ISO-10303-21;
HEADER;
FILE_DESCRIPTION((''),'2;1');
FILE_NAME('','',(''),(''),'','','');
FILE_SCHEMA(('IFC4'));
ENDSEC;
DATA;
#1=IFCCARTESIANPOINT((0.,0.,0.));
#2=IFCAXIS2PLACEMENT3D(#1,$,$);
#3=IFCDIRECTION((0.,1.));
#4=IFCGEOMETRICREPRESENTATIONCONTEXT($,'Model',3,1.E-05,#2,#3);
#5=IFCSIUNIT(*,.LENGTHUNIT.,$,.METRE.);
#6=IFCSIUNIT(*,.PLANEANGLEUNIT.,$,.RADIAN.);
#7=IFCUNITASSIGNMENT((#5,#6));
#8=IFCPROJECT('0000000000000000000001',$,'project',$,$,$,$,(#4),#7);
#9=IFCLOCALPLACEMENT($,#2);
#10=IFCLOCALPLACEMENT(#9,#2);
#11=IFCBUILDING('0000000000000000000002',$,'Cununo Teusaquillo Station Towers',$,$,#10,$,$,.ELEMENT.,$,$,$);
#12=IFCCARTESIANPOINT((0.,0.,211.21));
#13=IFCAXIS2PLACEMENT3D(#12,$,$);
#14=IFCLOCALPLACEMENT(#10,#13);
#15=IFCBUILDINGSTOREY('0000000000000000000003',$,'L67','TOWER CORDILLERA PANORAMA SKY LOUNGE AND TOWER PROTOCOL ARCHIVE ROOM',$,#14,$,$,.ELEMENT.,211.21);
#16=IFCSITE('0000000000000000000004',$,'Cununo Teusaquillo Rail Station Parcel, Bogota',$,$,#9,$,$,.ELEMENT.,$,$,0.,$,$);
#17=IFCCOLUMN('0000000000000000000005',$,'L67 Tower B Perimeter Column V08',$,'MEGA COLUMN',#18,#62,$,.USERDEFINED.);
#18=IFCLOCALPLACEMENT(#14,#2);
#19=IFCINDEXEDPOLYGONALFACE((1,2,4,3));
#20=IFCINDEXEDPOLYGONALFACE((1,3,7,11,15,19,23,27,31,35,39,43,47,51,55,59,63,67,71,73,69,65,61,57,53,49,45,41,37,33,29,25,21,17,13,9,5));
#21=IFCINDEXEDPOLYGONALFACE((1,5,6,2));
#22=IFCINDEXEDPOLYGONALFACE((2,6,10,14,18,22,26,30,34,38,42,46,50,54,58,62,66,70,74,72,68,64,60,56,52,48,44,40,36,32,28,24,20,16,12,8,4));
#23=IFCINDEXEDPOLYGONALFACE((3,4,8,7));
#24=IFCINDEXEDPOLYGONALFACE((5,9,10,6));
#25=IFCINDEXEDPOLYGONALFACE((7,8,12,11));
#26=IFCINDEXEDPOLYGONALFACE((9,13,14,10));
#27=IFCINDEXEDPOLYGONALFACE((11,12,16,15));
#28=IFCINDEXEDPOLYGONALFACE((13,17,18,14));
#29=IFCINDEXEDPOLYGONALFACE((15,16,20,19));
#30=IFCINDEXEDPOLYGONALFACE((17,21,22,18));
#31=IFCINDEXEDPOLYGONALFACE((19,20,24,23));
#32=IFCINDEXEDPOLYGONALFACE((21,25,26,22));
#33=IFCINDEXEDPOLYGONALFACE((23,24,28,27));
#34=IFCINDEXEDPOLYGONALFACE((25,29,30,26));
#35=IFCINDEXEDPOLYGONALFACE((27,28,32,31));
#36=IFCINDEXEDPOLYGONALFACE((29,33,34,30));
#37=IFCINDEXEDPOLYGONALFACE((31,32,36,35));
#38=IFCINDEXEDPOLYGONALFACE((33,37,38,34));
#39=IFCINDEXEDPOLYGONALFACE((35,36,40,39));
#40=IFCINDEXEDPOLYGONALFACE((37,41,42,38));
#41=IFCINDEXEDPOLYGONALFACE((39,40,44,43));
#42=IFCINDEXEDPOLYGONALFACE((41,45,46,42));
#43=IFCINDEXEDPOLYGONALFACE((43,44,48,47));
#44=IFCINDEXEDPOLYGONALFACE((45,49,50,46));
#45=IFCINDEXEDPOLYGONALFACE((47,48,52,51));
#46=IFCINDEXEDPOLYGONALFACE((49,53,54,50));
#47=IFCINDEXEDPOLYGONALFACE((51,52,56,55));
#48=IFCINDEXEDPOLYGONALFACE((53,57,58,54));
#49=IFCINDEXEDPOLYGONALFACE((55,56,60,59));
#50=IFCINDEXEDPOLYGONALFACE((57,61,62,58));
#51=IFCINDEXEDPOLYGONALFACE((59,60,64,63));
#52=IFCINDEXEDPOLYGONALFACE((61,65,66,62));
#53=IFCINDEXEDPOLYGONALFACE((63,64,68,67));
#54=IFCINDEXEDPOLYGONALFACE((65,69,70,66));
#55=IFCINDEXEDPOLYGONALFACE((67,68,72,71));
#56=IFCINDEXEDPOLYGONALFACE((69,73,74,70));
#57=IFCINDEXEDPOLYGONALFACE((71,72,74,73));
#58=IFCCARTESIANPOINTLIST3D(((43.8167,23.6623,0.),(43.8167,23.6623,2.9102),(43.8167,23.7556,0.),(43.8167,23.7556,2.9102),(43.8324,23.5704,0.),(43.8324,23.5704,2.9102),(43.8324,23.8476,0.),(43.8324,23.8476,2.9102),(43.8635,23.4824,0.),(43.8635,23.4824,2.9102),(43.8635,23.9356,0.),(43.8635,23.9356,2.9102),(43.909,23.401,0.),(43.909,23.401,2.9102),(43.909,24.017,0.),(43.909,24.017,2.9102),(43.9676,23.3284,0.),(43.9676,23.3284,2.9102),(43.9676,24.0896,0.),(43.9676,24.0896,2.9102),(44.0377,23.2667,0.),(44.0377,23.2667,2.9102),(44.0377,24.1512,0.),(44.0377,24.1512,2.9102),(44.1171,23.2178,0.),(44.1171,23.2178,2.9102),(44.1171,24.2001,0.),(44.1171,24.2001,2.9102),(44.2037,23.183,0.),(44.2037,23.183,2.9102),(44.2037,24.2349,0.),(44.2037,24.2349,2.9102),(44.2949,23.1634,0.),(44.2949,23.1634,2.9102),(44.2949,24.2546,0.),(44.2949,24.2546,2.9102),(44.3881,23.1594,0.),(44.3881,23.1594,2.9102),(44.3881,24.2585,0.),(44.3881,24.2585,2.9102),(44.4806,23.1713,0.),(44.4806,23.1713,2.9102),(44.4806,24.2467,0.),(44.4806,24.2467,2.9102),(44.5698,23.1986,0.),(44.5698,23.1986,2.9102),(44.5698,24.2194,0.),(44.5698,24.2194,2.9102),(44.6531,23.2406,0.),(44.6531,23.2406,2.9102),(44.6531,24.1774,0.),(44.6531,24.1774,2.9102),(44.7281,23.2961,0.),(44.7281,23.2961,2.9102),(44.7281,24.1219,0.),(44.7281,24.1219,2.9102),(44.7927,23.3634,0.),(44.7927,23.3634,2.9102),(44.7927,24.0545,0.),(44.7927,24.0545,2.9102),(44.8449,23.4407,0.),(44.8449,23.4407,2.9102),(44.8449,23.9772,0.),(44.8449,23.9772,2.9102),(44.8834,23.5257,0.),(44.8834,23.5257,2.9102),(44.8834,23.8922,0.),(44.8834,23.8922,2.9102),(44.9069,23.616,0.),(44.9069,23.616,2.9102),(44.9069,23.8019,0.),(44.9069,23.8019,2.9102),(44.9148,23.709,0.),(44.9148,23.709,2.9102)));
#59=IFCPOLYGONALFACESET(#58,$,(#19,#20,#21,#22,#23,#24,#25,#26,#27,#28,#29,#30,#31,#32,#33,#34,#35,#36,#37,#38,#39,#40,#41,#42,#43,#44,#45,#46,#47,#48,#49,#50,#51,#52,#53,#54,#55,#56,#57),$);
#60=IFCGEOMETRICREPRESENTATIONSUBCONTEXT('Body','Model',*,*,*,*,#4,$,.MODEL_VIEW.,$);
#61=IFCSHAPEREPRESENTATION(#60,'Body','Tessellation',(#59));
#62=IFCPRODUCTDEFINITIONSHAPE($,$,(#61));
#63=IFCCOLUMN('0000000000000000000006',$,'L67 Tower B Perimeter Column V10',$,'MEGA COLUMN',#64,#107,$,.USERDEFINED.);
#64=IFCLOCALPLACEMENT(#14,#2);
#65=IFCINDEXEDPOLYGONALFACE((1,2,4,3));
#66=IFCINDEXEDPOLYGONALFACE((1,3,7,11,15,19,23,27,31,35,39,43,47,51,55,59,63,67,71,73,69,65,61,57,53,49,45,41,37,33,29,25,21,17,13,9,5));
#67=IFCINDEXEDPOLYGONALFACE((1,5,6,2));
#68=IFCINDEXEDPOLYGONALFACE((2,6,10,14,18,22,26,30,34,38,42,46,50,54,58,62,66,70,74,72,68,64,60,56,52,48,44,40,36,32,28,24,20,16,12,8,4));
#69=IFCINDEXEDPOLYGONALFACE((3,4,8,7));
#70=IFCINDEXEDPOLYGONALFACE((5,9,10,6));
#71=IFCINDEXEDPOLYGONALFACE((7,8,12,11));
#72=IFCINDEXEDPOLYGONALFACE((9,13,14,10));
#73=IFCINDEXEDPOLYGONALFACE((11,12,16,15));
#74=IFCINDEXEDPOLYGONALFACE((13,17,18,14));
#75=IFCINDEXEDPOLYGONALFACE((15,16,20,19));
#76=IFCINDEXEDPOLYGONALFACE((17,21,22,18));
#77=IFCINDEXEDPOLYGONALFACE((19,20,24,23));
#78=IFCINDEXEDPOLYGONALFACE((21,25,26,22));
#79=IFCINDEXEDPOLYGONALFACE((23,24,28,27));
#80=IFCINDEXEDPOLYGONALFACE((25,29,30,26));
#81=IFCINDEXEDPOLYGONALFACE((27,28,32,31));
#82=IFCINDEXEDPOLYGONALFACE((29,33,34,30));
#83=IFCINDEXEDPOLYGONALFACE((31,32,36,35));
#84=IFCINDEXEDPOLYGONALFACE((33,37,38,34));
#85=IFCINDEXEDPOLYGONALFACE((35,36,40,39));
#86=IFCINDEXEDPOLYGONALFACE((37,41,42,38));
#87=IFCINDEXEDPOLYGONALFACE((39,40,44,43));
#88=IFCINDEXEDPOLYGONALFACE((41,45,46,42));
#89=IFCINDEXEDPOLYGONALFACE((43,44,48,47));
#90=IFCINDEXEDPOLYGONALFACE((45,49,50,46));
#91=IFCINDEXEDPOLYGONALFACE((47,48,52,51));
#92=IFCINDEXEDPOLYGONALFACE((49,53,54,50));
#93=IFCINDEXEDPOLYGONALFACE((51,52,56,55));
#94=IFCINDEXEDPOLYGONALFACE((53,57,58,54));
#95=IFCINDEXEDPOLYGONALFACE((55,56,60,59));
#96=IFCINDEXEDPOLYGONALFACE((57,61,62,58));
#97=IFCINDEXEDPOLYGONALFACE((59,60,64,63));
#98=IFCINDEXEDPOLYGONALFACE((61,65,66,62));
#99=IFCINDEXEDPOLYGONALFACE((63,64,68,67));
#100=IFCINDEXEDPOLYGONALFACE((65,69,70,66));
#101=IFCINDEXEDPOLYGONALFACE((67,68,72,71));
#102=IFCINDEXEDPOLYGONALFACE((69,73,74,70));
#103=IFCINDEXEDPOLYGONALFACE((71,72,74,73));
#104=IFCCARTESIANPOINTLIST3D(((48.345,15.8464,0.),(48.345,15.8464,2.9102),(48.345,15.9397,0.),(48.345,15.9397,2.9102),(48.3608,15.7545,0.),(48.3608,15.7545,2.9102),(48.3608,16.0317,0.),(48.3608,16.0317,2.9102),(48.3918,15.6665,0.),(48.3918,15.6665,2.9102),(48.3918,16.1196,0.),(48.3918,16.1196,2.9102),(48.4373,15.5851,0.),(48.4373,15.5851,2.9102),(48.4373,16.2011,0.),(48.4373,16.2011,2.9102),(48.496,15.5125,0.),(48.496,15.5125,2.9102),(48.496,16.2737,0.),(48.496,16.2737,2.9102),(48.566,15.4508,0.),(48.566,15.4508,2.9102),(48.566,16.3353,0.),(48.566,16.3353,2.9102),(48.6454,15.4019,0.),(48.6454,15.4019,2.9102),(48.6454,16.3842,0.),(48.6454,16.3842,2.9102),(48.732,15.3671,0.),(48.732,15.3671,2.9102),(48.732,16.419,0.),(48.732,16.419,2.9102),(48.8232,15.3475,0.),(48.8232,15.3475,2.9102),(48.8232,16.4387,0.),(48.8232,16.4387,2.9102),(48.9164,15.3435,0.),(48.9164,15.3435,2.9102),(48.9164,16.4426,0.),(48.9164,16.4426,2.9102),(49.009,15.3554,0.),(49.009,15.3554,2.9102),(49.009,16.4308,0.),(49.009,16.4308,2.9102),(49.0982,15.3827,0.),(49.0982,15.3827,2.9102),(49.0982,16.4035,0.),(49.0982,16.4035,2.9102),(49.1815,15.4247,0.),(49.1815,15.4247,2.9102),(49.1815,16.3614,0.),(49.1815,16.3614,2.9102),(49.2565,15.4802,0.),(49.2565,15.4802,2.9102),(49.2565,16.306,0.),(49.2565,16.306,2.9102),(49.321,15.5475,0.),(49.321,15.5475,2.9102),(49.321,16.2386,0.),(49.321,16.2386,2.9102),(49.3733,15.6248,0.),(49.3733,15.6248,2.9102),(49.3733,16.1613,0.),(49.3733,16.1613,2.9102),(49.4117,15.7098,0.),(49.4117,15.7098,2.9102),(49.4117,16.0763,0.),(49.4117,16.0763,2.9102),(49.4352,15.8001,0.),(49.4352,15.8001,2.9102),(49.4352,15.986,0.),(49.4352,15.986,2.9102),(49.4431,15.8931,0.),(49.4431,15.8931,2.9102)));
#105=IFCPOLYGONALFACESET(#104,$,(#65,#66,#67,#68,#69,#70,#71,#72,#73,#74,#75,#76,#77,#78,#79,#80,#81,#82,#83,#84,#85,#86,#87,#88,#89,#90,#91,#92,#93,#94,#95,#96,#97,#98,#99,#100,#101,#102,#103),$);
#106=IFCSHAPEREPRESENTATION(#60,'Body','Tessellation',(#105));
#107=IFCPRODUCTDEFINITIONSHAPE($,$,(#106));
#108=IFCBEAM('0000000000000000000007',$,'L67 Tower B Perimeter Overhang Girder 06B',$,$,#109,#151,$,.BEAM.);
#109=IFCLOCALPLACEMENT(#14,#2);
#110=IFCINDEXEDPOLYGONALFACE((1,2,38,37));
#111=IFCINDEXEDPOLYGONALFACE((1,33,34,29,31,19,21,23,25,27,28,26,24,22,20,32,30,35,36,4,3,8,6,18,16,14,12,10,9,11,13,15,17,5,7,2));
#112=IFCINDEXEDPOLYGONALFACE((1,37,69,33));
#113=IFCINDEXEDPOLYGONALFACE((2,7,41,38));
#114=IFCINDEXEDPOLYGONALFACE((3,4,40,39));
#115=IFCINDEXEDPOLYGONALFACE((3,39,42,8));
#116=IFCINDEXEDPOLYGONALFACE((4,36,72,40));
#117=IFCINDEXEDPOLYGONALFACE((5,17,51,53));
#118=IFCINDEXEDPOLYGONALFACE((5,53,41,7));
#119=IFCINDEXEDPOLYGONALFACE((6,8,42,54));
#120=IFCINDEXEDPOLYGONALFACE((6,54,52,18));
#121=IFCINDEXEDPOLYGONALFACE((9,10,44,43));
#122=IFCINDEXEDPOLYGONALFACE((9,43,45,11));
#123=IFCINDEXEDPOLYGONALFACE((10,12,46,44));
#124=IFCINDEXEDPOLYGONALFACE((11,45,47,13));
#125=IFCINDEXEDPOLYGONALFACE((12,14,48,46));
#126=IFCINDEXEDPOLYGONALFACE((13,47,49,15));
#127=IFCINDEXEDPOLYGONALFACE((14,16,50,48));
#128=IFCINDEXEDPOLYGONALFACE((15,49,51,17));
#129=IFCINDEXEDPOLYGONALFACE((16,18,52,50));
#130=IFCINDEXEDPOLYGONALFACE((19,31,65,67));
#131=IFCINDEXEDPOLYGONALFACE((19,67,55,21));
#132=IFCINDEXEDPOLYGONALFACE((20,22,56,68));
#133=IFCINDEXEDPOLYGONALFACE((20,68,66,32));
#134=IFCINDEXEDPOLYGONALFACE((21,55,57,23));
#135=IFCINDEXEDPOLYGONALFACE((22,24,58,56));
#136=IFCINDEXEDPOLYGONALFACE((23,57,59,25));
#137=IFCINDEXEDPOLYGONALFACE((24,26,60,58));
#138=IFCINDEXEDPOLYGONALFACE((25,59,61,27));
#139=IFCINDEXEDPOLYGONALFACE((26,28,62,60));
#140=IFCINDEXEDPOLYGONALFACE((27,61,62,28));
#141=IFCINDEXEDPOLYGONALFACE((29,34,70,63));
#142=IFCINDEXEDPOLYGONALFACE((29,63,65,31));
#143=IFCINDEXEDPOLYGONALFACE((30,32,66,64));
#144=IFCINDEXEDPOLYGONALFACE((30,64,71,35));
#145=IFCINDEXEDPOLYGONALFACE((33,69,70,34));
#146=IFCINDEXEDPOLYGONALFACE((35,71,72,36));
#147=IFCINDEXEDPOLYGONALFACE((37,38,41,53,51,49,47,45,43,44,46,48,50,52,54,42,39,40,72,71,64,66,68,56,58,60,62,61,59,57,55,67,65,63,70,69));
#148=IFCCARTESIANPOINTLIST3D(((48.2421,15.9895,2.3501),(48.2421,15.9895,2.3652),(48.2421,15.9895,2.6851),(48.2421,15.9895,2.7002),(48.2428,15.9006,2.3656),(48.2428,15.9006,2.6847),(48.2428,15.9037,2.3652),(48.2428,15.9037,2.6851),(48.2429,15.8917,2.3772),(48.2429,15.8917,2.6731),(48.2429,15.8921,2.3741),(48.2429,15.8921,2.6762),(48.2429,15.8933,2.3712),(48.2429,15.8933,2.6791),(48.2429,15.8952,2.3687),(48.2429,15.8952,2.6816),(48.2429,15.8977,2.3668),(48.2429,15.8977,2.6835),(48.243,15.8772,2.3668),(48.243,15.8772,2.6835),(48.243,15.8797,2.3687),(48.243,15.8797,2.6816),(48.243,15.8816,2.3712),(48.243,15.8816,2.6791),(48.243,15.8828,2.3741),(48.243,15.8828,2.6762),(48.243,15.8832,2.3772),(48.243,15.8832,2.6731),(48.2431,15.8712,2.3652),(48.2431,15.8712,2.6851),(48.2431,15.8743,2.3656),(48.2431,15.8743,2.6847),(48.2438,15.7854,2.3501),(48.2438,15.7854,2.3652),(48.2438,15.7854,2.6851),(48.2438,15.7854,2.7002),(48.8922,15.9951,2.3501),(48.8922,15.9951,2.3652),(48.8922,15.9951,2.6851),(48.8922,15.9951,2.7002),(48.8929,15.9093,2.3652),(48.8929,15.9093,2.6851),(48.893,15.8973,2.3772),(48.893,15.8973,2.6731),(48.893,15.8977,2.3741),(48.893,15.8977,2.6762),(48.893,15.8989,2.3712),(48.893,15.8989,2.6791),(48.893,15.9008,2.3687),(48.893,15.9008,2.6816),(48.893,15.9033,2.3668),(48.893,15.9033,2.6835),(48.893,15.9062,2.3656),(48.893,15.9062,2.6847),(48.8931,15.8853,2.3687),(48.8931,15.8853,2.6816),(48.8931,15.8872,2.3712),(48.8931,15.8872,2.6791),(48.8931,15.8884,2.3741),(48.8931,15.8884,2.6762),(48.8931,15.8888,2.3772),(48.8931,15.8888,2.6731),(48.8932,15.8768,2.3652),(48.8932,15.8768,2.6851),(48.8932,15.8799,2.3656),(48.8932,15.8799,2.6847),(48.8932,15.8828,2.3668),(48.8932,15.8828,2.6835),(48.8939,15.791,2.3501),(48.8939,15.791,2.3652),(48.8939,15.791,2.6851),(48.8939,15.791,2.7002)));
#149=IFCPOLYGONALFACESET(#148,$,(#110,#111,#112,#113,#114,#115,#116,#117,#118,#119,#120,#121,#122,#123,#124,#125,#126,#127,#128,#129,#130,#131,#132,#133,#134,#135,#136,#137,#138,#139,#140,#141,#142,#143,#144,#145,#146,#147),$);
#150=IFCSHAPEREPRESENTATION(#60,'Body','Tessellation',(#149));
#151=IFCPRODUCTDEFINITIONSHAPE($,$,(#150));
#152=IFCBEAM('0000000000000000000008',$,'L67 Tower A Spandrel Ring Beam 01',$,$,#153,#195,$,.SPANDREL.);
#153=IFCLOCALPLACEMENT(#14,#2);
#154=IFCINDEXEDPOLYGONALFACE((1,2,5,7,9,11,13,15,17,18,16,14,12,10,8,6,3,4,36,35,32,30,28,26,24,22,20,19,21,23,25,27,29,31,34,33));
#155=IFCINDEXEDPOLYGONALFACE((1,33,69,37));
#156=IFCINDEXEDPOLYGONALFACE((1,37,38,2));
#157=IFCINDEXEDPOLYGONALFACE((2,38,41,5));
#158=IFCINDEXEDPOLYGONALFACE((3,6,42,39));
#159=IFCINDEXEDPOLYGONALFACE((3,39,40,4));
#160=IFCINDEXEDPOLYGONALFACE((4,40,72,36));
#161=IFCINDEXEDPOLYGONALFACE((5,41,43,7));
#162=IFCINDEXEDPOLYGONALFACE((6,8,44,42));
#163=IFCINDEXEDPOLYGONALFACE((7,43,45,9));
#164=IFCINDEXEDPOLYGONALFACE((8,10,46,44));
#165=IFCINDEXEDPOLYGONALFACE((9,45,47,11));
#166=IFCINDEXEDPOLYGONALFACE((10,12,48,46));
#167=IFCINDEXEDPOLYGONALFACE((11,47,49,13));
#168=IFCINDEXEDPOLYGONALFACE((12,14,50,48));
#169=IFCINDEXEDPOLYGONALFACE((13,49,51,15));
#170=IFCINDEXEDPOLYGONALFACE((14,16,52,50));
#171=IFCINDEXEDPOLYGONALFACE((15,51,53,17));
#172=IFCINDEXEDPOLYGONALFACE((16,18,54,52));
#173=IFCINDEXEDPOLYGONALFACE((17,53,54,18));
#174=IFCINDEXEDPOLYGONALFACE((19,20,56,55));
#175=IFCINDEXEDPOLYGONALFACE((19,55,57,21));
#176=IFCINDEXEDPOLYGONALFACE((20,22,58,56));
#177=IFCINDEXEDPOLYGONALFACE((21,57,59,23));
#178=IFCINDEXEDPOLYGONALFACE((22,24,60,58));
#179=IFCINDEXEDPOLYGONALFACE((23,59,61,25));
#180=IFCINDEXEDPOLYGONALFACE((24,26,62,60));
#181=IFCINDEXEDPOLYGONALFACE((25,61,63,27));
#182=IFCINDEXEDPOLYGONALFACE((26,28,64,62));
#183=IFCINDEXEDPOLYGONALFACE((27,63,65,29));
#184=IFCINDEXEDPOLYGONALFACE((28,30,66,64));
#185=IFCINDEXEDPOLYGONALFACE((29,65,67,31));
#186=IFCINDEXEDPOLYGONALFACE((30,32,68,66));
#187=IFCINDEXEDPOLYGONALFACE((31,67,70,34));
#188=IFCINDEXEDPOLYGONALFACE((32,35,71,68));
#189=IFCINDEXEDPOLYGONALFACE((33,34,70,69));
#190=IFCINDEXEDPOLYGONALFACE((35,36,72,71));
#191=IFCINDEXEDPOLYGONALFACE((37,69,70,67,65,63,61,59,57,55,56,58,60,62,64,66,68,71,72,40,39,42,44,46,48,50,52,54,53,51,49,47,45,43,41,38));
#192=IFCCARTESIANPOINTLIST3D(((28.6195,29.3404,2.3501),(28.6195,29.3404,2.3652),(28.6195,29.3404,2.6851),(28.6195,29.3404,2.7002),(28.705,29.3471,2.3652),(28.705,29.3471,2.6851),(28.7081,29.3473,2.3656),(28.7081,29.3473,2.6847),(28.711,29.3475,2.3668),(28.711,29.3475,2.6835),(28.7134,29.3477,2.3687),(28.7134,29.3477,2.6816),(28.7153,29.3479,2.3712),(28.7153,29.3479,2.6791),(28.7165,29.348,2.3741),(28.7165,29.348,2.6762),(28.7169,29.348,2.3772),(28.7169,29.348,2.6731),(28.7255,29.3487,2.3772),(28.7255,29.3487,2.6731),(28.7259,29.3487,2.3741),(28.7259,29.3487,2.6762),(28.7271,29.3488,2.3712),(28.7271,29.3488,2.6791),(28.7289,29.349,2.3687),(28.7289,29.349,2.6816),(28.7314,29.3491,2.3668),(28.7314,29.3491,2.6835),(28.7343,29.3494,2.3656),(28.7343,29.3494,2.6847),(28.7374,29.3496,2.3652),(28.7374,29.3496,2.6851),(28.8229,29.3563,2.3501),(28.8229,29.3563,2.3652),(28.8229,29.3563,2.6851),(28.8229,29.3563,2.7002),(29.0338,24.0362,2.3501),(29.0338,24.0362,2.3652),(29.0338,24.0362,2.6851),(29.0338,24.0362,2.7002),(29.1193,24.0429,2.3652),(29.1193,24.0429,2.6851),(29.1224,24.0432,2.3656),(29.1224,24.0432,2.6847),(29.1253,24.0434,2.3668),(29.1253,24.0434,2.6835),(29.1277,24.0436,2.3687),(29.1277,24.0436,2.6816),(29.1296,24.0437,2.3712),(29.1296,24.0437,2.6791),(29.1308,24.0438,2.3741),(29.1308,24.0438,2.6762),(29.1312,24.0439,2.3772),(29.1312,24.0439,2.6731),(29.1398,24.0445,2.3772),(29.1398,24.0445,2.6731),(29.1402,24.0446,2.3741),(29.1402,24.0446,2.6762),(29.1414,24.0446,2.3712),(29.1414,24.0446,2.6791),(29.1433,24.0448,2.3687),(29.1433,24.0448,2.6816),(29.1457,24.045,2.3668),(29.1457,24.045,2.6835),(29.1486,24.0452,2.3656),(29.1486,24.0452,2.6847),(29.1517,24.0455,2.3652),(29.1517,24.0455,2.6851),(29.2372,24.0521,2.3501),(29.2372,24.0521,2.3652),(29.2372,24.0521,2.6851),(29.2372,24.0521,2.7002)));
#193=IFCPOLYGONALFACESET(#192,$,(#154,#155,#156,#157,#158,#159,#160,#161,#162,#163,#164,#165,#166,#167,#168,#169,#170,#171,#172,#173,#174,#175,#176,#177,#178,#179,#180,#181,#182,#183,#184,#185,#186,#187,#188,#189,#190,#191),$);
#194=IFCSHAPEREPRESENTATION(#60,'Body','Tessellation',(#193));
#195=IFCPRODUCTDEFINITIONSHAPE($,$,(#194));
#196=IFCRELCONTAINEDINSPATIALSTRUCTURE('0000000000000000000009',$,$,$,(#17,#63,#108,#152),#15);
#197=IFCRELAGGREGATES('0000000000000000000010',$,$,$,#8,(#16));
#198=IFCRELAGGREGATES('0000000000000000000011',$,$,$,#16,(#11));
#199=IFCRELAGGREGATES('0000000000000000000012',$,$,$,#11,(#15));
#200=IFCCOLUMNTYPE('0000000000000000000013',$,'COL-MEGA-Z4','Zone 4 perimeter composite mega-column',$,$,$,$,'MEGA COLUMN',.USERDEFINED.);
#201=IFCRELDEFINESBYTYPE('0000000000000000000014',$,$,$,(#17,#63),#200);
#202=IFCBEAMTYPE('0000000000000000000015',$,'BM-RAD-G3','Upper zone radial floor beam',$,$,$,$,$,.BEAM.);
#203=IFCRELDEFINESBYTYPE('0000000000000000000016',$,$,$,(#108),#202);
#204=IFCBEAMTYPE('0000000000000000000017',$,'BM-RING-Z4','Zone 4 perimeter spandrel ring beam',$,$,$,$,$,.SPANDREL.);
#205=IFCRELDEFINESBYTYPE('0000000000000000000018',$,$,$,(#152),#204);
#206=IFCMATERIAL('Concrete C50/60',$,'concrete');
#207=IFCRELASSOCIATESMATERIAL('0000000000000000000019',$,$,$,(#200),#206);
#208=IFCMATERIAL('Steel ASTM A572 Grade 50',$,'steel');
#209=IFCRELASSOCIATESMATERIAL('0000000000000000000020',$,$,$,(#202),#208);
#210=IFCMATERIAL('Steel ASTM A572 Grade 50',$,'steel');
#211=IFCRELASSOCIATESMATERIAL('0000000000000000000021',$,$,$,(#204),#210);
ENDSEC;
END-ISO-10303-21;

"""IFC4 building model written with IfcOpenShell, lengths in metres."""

from ifc_helpers import new_model, si_unit, direction, frame, origin, origin_2d, place, context, subcontext, project, spatial, circle, i_section, extrude, material, material_profile, profile_set, type_object, element, save


model = new_model("IFC4")

# Units and contexts
model_context = context("Model", 3, precision=1e-05, world=origin(), true_north=direction((0.0, 1.0)))
body_context = subcontext(model_context, "Body", "Model", "MODEL_VIEW")
ifc_project = project(units=[si_unit("LENGTHUNIT", "METRE"), si_unit("PLANEANGLEUNIT", "RADIAN")], contexts=[model_context])

# Site, building, storey
site_placement = place(None, origin())
site = spatial("IfcSite", under=ifc_project, at=site_placement, Name="Cununo Teusaquillo Rail Station Parcel, Bogota", CompositionType="ELEMENT", RefElevation=0.0)
building_placement = place(site_placement, origin())
building = spatial("IfcBuilding", under=site, at=building_placement, Name="Cununo Teusaquillo Station Towers", CompositionType="ELEMENT")
storey_placement = place(building_placement, frame((0.0, 0.0, 211.21)))
storey = spatial("IfcBuildingStorey", under=building, at=storey_placement, Name="L67", Description="TOWER CORDILLERA PANORAMA SKY LOUNGE AND TOWER PROTOCOL ARCHIVE ROOM", CompositionType="ELEMENT", Elevation=211.21)

# Columns
ifc_material_1 = material(Name="Concrete C50/60", Category="concrete")
ifc_material_profile_1 = material_profile(ifc_material_1, circle(Radius=0.55, at=origin_2d()), Name="RC-CIRC-1100")
ifc_profile_set_1 = profile_set([ifc_material_profile_1], Name="Concrete C50/60")
column_type = type_object("IfcColumnType", Name="COL-MEGA-Z4", Description="Zone 4 perimeter composite mega-column", ElementType="MEGA COLUMN", PredefinedType="USERDEFINED", material=ifc_profile_set_1)
for number, where, z_axis, x_axis, name in (
    (1, (44.3647, 23.709, 0.0), (0.0, 0.0, 1.0), (1.0, 0.0, 0.0), "L67 Tower B Perimeter Column V08"),
    (2, (48.8931, 15.8931, 0.0), (0.0, 0.0, 1.0), (1.0, 0.0, 0.0), "L67 Tower B Perimeter Column V10"),
):
    element("IfcColumn", number, at=place(storey_placement, frame(where, z_axis=z_axis, x_axis=x_axis)), inside=storey, type_object=column_type, Name=name, ObjectType="MEGA COLUMN", PredefinedType="USERDEFINED", context=body_context, shape_type="SweptSolid", body=[
        extrude(circle(Radius=0.55, at=origin_2d()), origin(), (0.0, 0.0, 1.0), 2.9102),
    ])

# Beams
ifc_material_2 = material(Name="Steel ASTM A572 Grade 50", Category="steel")
ifc_material_profile_2 = material_profile(ifc_material_2, i_section(OverallWidth=0.2041, OverallDepth=0.3501, WebThickness=0.0085, FlangeThickness=0.0151, FilletRadius=0.012, at=origin_2d()), Name="W14X48")
ifc_profile_set_2 = profile_set([ifc_material_profile_2], Name="Steel ASTM A572 Grade 50")
beam_type_1 = type_object("IfcBeamType", Name="BM-RAD-G3", Description="Upper zone radial floor beam", PredefinedType="BEAM", material=ifc_profile_set_2)
beam_1_placement = place(storey_placement, frame((48.8931, 15.8931, 2.5251), z_axis=(-0.999963, -0.008637, 0.0), x_axis=(0.008637, -0.999963, 0.0)))
element("IfcBeam", 3, at=beam_1_placement, inside=storey, type_object=beam_type_1, Name="L67 Tower B Perimeter Overhang Girder 06B", PredefinedType="BEAM", context=body_context, shape_type="SweptSolid", body=[
    extrude(i_section(OverallWidth=0.2041, OverallDepth=0.3501, WebThickness=0.0085, FlangeThickness=0.0151, FilletRadius=0.012, at=origin_2d()), origin(), (0.0, 0.0, 1.0), 0.6501),
])
ifc_material_3 = material(Name="Steel ASTM A572 Grade 50", Category="steel")
ifc_material_profile_3 = material_profile(ifc_material_3, i_section(OverallWidth=0.2041, OverallDepth=0.3501, WebThickness=0.0085, FlangeThickness=0.0151, FilletRadius=0.012, at=origin_2d()), Name="W14X48")
ifc_profile_set_3 = profile_set([ifc_material_profile_3], Name="Steel ASTM A572 Grade 50")
beam_type_2 = type_object("IfcBeamType", Name="BM-RING-Z4", Description="Zone 4 perimeter spandrel ring beam", PredefinedType="SPANDREL", material=ifc_profile_set_3)
beam_2_placement = place(storey_placement, frame((29.1355, 24.0442, 2.5251), z_axis=(-0.077872, 0.996963, 0.0), x_axis=(-0.996963, -0.077872, 0.0)))
element("IfcBeam", 4, at=beam_2_placement, inside=storey, type_object=beam_type_2, Name="L67 Tower A Spandrel Ring Beam 01", PredefinedType="SPANDREL", context=body_context, shape_type="SweptSolid", body=[
    extrude(i_section(OverallWidth=0.2041, OverallDepth=0.3501, WebThickness=0.0085, FlangeThickness=0.0151, FilletRadius=0.012, at=origin_2d()), origin(), (0.0, 0.0, 1.0), 5.3203),
])

save(model, "model.ifc")
